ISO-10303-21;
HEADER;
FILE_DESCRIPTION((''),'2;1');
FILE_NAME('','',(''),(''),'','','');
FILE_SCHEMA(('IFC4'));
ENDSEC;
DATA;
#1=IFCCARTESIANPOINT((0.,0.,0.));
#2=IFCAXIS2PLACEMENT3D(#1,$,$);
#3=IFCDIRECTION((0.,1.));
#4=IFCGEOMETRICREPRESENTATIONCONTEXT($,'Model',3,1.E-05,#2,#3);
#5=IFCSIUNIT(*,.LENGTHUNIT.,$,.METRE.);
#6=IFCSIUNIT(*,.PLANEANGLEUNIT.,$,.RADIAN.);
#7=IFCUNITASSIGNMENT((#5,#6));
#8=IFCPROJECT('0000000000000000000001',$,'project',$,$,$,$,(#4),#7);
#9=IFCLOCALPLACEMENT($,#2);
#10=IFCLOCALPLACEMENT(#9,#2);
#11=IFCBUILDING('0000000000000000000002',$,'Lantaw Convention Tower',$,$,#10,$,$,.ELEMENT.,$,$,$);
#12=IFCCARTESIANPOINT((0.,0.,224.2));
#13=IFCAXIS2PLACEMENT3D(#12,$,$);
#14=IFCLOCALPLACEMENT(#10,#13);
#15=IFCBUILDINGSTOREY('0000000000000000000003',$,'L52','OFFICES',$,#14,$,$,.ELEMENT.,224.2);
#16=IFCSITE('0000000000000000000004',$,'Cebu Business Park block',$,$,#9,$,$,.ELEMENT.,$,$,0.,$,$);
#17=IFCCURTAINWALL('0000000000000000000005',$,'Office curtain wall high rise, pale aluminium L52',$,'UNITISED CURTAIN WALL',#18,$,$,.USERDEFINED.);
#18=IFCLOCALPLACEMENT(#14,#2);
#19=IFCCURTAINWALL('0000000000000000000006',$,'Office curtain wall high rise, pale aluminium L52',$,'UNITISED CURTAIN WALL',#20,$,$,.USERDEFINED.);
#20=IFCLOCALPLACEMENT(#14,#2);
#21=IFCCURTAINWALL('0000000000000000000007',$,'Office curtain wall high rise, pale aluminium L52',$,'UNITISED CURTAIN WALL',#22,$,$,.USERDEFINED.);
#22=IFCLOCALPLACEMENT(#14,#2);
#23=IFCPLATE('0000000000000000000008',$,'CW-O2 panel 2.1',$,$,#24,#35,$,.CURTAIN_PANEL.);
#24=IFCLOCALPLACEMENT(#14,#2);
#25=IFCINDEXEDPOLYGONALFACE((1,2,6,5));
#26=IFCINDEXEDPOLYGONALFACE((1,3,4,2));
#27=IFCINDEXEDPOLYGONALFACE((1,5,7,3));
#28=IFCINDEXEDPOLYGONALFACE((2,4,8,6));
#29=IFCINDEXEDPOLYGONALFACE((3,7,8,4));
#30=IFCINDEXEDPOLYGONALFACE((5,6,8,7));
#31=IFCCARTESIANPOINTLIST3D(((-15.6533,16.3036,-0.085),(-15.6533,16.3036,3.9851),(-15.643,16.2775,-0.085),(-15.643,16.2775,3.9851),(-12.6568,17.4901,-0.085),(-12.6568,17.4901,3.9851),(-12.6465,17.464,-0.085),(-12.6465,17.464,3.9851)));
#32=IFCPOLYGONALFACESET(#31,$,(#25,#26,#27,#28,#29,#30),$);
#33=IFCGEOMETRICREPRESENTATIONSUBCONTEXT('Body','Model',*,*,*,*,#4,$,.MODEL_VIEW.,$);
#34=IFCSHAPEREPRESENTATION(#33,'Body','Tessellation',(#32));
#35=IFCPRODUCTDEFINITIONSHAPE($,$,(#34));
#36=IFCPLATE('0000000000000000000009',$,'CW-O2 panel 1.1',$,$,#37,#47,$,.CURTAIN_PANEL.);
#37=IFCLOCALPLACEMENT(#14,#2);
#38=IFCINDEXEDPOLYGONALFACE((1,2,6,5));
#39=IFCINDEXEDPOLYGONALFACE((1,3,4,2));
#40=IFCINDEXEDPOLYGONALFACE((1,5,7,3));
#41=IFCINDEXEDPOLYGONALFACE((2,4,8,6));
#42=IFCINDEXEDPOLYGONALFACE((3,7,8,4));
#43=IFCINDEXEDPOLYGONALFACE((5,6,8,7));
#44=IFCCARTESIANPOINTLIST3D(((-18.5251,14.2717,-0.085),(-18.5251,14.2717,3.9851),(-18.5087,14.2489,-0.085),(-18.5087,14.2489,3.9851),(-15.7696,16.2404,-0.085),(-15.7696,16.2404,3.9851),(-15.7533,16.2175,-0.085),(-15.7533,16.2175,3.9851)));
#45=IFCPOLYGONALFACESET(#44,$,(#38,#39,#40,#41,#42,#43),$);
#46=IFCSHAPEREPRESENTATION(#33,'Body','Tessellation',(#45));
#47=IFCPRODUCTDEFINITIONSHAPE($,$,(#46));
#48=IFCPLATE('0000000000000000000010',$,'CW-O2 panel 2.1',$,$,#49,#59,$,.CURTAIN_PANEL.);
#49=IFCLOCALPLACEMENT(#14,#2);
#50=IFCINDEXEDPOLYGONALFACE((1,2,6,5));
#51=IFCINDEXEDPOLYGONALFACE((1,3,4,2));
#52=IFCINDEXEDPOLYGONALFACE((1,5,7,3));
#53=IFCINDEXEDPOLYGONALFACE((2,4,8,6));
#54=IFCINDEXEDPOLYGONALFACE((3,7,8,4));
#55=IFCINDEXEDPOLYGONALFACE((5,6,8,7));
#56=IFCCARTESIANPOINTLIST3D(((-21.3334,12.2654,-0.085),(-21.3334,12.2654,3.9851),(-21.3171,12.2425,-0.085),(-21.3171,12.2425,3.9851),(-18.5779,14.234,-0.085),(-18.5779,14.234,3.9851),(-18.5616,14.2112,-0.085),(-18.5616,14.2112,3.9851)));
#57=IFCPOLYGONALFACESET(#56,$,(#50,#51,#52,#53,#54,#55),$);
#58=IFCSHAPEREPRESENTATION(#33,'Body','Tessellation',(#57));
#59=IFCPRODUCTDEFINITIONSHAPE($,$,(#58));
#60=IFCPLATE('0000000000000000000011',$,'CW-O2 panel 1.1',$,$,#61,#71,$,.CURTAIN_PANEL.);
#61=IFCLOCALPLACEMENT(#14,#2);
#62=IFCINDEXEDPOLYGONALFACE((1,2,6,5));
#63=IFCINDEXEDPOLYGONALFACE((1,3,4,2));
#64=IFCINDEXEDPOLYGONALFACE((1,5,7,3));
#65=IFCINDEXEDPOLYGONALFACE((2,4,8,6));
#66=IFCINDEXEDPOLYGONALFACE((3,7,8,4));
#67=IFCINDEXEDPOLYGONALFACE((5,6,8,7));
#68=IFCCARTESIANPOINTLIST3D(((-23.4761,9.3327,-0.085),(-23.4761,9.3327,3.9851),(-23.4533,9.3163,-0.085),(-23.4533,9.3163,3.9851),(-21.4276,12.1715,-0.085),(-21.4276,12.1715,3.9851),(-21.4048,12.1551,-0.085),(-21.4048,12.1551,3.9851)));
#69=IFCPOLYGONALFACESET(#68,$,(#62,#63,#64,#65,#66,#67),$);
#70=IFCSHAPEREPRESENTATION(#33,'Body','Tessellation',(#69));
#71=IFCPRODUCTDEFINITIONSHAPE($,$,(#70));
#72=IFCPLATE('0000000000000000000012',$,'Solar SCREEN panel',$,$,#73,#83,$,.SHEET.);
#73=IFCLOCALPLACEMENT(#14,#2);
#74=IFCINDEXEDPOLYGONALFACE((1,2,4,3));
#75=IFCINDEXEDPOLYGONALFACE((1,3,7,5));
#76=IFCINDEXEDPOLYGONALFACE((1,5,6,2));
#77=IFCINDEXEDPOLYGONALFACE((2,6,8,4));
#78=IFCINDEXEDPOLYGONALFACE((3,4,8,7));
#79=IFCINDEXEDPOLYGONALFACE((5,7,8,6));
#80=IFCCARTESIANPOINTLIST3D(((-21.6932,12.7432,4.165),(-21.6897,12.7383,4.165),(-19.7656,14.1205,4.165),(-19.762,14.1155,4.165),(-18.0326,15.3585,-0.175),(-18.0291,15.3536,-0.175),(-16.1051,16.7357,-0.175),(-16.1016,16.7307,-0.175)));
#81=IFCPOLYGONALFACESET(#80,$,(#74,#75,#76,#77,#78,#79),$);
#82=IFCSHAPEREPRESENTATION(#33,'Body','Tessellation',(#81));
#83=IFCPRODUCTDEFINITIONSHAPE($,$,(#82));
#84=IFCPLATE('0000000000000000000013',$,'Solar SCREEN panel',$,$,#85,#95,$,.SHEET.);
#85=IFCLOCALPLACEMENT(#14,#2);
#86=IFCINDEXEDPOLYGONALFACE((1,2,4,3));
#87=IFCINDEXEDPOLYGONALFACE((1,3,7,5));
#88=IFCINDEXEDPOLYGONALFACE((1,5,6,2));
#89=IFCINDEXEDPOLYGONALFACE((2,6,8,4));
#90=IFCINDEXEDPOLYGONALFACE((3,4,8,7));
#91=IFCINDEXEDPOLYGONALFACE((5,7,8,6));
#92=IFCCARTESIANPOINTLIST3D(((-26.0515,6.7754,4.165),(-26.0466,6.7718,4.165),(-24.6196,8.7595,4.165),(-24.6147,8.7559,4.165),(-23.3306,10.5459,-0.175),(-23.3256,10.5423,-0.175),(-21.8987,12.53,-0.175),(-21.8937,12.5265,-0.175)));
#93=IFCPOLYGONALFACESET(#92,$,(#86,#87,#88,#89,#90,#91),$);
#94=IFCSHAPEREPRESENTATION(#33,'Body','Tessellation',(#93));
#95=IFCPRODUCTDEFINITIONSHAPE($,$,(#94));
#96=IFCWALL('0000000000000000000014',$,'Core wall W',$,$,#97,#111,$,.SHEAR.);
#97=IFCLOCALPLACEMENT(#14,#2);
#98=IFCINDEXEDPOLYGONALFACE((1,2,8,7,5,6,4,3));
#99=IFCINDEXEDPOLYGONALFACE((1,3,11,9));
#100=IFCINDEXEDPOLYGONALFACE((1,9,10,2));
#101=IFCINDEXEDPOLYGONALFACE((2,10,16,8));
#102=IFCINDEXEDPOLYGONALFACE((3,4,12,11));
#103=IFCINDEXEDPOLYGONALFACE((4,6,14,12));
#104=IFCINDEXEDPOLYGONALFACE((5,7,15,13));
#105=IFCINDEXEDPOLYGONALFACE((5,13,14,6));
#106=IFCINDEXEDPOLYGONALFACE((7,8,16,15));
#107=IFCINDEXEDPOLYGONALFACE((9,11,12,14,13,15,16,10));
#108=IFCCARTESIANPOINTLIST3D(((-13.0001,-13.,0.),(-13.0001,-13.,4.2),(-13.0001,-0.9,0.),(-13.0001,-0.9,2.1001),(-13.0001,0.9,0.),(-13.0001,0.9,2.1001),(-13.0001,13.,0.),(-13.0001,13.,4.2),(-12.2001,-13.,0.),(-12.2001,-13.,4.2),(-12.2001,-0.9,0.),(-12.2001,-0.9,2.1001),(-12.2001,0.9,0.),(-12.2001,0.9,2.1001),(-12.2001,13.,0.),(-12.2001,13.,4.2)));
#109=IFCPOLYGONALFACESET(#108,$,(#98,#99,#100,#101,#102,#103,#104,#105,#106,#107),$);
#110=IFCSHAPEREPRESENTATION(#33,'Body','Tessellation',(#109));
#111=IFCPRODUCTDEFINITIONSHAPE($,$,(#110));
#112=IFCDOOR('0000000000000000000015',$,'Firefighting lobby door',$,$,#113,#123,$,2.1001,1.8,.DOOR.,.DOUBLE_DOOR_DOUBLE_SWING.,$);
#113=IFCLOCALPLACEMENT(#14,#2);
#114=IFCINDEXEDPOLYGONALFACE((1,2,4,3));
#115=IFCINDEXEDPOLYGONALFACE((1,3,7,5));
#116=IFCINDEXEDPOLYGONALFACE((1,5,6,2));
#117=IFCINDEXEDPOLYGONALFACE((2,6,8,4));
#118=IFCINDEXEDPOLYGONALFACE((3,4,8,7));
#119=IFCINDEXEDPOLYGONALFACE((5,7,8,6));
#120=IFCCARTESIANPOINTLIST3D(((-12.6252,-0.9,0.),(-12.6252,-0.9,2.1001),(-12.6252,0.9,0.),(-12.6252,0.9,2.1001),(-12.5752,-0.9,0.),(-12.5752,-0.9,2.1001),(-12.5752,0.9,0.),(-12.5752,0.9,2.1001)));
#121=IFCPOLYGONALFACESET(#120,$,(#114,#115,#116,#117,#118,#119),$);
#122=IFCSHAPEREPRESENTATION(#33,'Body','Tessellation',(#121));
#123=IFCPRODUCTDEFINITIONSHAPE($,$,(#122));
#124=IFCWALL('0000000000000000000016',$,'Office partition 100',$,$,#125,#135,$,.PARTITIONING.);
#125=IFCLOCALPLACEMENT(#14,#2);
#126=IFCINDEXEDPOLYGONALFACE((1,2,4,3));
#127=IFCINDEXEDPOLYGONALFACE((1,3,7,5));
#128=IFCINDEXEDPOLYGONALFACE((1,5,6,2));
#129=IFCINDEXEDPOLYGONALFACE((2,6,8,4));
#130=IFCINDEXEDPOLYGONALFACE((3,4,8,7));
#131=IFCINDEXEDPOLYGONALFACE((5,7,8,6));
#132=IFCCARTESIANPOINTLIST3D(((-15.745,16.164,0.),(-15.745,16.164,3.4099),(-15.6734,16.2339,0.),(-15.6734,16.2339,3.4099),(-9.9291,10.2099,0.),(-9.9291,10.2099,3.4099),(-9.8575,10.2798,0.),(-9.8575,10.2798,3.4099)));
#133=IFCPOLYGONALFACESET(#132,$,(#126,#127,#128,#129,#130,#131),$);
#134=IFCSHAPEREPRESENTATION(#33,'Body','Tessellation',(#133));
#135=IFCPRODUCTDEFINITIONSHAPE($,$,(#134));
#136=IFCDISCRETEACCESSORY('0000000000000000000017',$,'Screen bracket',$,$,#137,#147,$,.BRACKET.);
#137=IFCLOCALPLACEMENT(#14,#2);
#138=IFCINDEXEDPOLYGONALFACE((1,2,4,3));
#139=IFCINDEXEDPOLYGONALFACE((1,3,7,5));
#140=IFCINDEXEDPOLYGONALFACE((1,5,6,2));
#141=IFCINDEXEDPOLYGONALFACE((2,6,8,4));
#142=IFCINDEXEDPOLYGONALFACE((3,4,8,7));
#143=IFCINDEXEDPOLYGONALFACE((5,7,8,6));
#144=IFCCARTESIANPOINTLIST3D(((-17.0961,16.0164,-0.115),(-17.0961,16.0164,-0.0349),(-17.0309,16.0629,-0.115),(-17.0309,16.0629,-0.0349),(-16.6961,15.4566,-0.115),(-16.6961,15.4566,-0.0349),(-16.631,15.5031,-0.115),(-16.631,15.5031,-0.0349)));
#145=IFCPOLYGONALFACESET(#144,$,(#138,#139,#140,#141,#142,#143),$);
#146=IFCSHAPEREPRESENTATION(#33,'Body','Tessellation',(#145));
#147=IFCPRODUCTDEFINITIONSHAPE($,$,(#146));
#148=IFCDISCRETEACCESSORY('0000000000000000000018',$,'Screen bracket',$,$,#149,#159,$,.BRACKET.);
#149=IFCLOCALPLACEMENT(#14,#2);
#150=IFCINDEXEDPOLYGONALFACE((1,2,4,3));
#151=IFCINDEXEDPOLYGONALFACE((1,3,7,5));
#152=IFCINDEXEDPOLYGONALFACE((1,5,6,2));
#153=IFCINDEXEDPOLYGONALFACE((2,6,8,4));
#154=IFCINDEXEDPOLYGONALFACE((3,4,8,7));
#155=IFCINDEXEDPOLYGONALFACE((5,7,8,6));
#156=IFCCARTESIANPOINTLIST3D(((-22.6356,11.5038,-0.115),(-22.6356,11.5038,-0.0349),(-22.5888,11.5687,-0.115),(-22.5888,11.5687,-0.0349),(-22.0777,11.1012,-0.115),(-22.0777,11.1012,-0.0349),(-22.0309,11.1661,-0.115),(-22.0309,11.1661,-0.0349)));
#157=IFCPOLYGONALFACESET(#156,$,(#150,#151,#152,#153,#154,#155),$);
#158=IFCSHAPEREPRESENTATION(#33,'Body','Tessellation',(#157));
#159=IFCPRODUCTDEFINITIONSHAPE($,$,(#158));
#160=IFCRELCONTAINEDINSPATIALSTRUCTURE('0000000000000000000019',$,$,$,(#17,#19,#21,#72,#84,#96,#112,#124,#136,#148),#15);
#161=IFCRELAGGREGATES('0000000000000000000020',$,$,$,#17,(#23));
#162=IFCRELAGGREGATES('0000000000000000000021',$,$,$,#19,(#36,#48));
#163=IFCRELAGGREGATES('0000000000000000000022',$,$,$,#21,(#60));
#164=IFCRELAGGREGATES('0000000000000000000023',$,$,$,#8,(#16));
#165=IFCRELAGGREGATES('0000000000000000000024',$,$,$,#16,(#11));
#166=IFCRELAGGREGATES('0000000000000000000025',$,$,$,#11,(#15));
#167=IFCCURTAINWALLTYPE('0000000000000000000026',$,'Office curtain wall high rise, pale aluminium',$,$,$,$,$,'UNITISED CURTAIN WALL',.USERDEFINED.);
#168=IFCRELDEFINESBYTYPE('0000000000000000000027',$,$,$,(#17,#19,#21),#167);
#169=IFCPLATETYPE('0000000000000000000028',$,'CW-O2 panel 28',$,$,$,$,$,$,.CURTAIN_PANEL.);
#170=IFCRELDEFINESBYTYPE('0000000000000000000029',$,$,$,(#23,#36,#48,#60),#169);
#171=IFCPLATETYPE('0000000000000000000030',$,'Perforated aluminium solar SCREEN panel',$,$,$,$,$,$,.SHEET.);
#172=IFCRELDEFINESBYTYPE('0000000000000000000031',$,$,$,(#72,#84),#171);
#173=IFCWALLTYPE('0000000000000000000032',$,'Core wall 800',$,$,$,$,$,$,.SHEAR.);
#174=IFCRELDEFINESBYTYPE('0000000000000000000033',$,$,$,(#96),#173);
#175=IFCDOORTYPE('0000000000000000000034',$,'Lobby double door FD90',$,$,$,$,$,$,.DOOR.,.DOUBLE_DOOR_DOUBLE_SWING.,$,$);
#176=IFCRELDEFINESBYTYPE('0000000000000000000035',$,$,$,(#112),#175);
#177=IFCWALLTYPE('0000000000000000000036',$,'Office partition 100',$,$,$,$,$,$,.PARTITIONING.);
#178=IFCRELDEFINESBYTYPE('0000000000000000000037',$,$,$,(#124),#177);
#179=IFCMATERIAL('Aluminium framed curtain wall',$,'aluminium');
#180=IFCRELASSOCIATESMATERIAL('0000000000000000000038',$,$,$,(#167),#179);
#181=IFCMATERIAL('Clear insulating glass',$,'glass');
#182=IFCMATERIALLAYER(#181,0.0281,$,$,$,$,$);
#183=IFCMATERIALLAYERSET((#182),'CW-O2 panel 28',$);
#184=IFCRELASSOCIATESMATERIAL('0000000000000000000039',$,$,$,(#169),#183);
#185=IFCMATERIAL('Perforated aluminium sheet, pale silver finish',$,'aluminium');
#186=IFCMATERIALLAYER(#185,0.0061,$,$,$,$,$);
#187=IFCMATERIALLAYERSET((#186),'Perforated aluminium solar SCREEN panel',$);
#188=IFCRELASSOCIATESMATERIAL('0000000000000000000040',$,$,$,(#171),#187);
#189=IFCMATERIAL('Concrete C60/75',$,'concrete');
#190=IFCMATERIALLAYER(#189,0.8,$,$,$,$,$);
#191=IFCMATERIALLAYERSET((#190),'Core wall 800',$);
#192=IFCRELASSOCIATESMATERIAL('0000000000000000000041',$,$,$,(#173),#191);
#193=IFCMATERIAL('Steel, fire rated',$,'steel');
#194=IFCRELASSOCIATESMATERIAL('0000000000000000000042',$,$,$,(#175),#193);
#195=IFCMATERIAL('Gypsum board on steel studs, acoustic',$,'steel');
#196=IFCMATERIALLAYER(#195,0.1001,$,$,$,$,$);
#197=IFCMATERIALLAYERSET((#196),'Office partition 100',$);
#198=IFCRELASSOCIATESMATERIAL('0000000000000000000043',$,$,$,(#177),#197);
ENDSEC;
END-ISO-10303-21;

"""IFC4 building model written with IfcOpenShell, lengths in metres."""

from ifc_helpers import new_model, si_unit, direction, frame, frame_2d, origin, origin_2d, place, context, subcontext, project, spatial, polyline, rectangle, outline, extrude, material, layer, layer_set, type_object, element, fill, aggregate, save


model = new_model("IFC4")

# Units and contexts
model_context = context("Model", 3, precision=1e-05, world=origin(), true_north=direction((0.0, 1.0)))
body_context = subcontext(model_context, "Body", "Model", "MODEL_VIEW")
ifc_project = project(units=[si_unit("LENGTHUNIT", "METRE"), si_unit("PLANEANGLEUNIT", "RADIAN")], contexts=[model_context])

# Site, building, storey
site_placement = place(None, origin())
site = spatial("IfcSite", under=ifc_project, at=site_placement, Name="Cebu Business Park block", CompositionType="ELEMENT", RefElevation=0.0)
building_placement = place(site_placement, origin())
building = spatial("IfcBuilding", under=site, at=building_placement, Name="Lantaw Convention Tower", CompositionType="ELEMENT")
storey_placement = place(building_placement, frame((0.0, 0.0, 224.2)))
storey = spatial("IfcBuildingStorey", under=building, at=storey_placement, Name="L52", Description="OFFICES", CompositionType="ELEMENT", Elevation=224.2)

# Shared definitions
ifc_material_1 = material(Name="Concrete C60/75", Category="concrete")

# Curtain walls
ifc_material_2 = material(Name="Aluminium framed curtain wall", Category="aluminium")
curtain_wall_type = type_object("IfcCurtainWallType", Name="Office curtain wall high rise, pale aluminium", ElementType="UNITISED CURTAIN WALL", PredefinedType="USERDEFINED", material=ifc_material_2)
curtain_wall_1_placement = place(storey_placement, origin())
curtain_wall_1 = element("IfcCurtainWall", 1, at=curtain_wall_1_placement, inside=storey, type_object=curtain_wall_type, Name="Office curtain wall high rise, pale aluminium L52", ObjectType="UNITISED CURTAIN WALL", PredefinedType="USERDEFINED")
curtain_wall_2_placement = place(storey_placement, origin())
curtain_wall_2 = element("IfcCurtainWall", 2, at=curtain_wall_2_placement, inside=storey, type_object=curtain_wall_type, Name="Office curtain wall high rise, pale aluminium L52", ObjectType="UNITISED CURTAIN WALL", PredefinedType="USERDEFINED")
curtain_wall_3_placement = place(storey_placement, origin())
curtain_wall_3 = element("IfcCurtainWall", 3, at=curtain_wall_3_placement, inside=storey, type_object=curtain_wall_type, Name="Office curtain wall high rise, pale aluminium L52", ObjectType="UNITISED CURTAIN WALL", PredefinedType="USERDEFINED")

# Plates
ifc_material_3 = material(Name="Clear insulating glass", Category="glass")
ifc_layer_1 = layer(ifc_material_3, 0.0281)
ifc_layer_set_1 = layer_set([ifc_layer_1], Name="CW-O2 panel 28")
plate_type_1 = type_object("IfcPlateType", Name="CW-O2 panel 28", PredefinedType="CURTAIN_PANEL", material=ifc_layer_set_1)
plate_1_placement = place(storey_placement, frame((-14.1499, 16.8838, -0.085), z_axis=(0.0, 0.0, 1.0), x_axis=(-0.929762, -0.368162, 0.0)))
plate_1 = element("IfcPlate", 4, at=plate_1_placement, type_object=plate_type_1, Name="CW-O2 panel 2.1", PredefinedType="CURTAIN_PANEL", context=body_context, shape_type="SweptSolid", body=[
    extrude(rectangle(XDim=3.2229, YDim=0.0281, at=origin_2d()), origin(), (0.0, 0.0, 1.0), 4.0701),
])
aggregate(curtain_wall_1, [plate_1])
plate_2_placement = place(storey_placement, frame((-17.1392, 15.2446, -0.085), z_axis=(0.0, 0.0, 1.0), x_axis=(-0.813673, -0.581323, 0.0)))
plate_2 = element("IfcPlate", 5, at=plate_2_placement, type_object=plate_type_1, Name="CW-O2 panel 1.1", PredefinedType="CURTAIN_PANEL", context=body_context, shape_type="SweptSolid", body=[
    extrude(rectangle(XDim=3.3865, YDim=0.0281, at=origin_2d()), origin(), (0.0, 0.0, 1.0), 4.0701),
])
plate_3_placement = place(storey_placement, frame((-19.9475, 13.2383, -0.085), z_axis=(0.0, 0.0, 1.0), x_axis=(-0.813673, -0.581323, 0.0)))
plate_3 = element("IfcPlate", 6, at=plate_3_placement, type_object=plate_type_1, Name="CW-O2 panel 2.1", PredefinedType="CURTAIN_PANEL", context=body_context, shape_type="SweptSolid", body=[
    extrude(rectangle(XDim=3.3865, YDim=0.0281, at=origin_2d()), origin(), (0.0, 0.0, 1.0), 4.0701),
])
aggregate(curtain_wall_2, [plate_2, plate_3])
plate_4_placement = place(storey_placement, frame((-22.4404, 10.7439, -0.085), z_axis=(0.0, 0.0, 1.0), x_axis=(-0.585158, -0.81092, 0.0)))
plate_4 = element("IfcPlate", 7, at=plate_4_placement, type_object=plate_type_1, Name="CW-O2 panel 1.1", PredefinedType="CURTAIN_PANEL", context=body_context, shape_type="SweptSolid", body=[
    extrude(rectangle(XDim=3.5007, YDim=0.0281, at=origin_2d()), origin(), (0.0, 0.0, 1.0), 4.0701),
])
aggregate(curtain_wall_3, [plate_4])

# Plates
ifc_material_4 = material(Name="Perforated aluminium sheet, pale silver finish", Category="aluminium")
ifc_layer_2 = layer(ifc_material_4, 0.0061)
ifc_layer_set_2 = layer_set([ifc_layer_2], Name="Perforated aluminium solar SCREEN panel")
plate_type_2 = type_object("IfcPlateType", Name="Perforated aluminium solar SCREEN panel", PredefinedType="SHEET", material=ifc_layer_set_2)
plate_5_placement = place(storey_placement, frame((-16.1016, 16.7307, -0.175), z_axis=(0.581331, -0.813667, 0.00001), x_axis=(-0.813667, -0.581331, 0.0)))
element("IfcPlate", 8, at=plate_5_placement, inside=storey, type_object=plate_type_2, Name="Solar SCREEN panel", PredefinedType="SHEET", context=body_context, shape_type="SweptSolid", body=[
    extrude(outline(polyline([(0.0, 0.0), (2.3689, 0.0), (6.8678, -4.3401), (4.4987, -4.3401), (0.0, 0.0)])), origin(), (0.0, 0.0, -1.0), 0.0061),
])
plate_6_placement = place(storey_placement, frame((-21.8987, 12.53, -0.175), z_axis=(-0.810892, 0.585195, 0.00002), x_axis=(-0.585195, -0.810892, 0.0)))
element("IfcPlate", 9, at=plate_6_placement, inside=storey, type_object=plate_type_2, Name="Solar SCREEN panel", PredefinedType="SHEET", context=body_context, shape_type="SweptSolid", body=[
    extrude(outline(polyline([(0.0, 0.0), (2.4468, 0.0), (7.0966, 4.3401), (4.6498, 4.3401), (0.0, 0.0)])), origin(), (0.0, 0.0, -1.0), 0.0061),
])

# Wall, opening, door
ifc_layer_3 = layer(ifc_material_1, 0.8)
ifc_layer_set_3 = layer_set([ifc_layer_3], Name="Core wall 800")
wall_type_1 = type_object("IfcWallType", Name="Core wall 800", PredefinedType="SHEAR", material=ifc_layer_set_3)
wall_1_placement = place(storey_placement, frame((-12.6001, 13.0, 0.0), z_axis=(0.0, 0.0, 1.0), x_axis=(0.0, -1.0, 0.0)))
wall_1 = element("IfcWall", 10, at=wall_1_placement, inside=storey, type_object=wall_type_1, Name="Core wall W", PredefinedType="SHEAR", context=body_context, shape_type="SweptSolid", body=[
    extrude(rectangle(XDim=26.0, YDim=0.8, at=frame_2d((13.0, 0.0))), origin(), (0.0, 0.0, 1.0), 4.2),
])
opening_placement = place(wall_1_placement, frame((12.1001, 0.0, 0.0)))
opening = element("IfcOpeningElement", 11, at=opening_placement, cuts=wall_1, PredefinedType="OPENING", context=body_context, shape_type="SweptSolid", body=[
    extrude(rectangle(XDim=1.8, YDim=2.1001, at=frame_2d((0.8999, 1.05))), frame((0.0, 0.4099, 0.0), z_axis=(0.0, -1.0, 0.0), x_axis=(1.0, 0.0, 0.0)), (0.0, 0.0, 1.0), 0.8201),
])
ifc_material_5 = material(Name="Steel, fire rated", Category="steel")
door_type = type_object("IfcDoorType", Name="Lobby double door FD90", OperationType="DOUBLE_DOOR_DOUBLE_SWING", PredefinedType="DOOR", material=ifc_material_5)
door_placement = place(opening_placement, origin())
door = element("IfcDoor", 12, at=door_placement, inside=storey, type_object=door_type, Name="Firefighting lobby door", OperationType="DOUBLE_DOOR_DOUBLE_SWING", OverallHeight=2.1001, OverallWidth=1.8, PredefinedType="DOOR", context=body_context, shape_type="SweptSolid", body=[
    extrude(rectangle(XDim=1.8, YDim=2.1001, at=frame_2d((0.8999, 1.05))), frame((0.0, 0.0249, 0.0), z_axis=(0.0, -1.0, 0.0), x_axis=(1.0, 0.0, 0.0)), (0.0, 0.0, 1.0), 0.05),
])
fill(opening, door)

# Wall
ifc_material_6 = material(Name="Gypsum board on steel studs, acoustic", Category="steel")
ifc_layer_4 = layer(ifc_material_6, 0.1001)
ifc_layer_set_4 = layer_set([ifc_layer_4], Name="Office partition 100")
wall_type_2 = type_object("IfcWallType", Name="Office partition 100", PredefinedType="PARTITIONING", material=ifc_layer_set_4)
wall_2_placement = place(storey_placement, frame((-15.7092, 16.199, 0.0), z_axis=(0.0, 0.0, 1.0), x_axis=(0.698757, -0.715359, 0.0)))
element("IfcWall", 13, at=wall_2_placement, inside=storey, type_object=wall_type_2, Name="Office partition 100", PredefinedType="PARTITIONING", context=body_context, shape_type="SweptSolid", body=[
    extrude(rectangle(XDim=8.3232, YDim=0.1001, at=frame_2d((4.1616, 0.0))), origin(), (0.0, 0.0, 1.0), 3.4099),
])

# Discrete accessories
for number, where, z_axis, x_axis, name in (
    (14, (-16.8635, 15.7598, -0.115), (0.0, 0.0, 1.0), (-0.813673, -0.581323, 0.0), "Screen bracket"),
    (15, (-22.3333, 11.335, -0.115), (0.0, 0.0, 1.0), (-0.585158, -0.81092, 0.0), "Screen bracket"),
):
    element("IfcDiscreteAccessory", number, at=place(storey_placement, frame(where, z_axis=z_axis, x_axis=x_axis)), inside=storey, Name=name, PredefinedType="BRACKET", context=body_context, shape_type="SweptSolid", body=[
        extrude(rectangle(XDim=0.0801, YDim=0.688, at=origin_2d()), origin(), (0.0, 0.0, 1.0), 0.0801),
    ])

save(model, "model.ifc")
